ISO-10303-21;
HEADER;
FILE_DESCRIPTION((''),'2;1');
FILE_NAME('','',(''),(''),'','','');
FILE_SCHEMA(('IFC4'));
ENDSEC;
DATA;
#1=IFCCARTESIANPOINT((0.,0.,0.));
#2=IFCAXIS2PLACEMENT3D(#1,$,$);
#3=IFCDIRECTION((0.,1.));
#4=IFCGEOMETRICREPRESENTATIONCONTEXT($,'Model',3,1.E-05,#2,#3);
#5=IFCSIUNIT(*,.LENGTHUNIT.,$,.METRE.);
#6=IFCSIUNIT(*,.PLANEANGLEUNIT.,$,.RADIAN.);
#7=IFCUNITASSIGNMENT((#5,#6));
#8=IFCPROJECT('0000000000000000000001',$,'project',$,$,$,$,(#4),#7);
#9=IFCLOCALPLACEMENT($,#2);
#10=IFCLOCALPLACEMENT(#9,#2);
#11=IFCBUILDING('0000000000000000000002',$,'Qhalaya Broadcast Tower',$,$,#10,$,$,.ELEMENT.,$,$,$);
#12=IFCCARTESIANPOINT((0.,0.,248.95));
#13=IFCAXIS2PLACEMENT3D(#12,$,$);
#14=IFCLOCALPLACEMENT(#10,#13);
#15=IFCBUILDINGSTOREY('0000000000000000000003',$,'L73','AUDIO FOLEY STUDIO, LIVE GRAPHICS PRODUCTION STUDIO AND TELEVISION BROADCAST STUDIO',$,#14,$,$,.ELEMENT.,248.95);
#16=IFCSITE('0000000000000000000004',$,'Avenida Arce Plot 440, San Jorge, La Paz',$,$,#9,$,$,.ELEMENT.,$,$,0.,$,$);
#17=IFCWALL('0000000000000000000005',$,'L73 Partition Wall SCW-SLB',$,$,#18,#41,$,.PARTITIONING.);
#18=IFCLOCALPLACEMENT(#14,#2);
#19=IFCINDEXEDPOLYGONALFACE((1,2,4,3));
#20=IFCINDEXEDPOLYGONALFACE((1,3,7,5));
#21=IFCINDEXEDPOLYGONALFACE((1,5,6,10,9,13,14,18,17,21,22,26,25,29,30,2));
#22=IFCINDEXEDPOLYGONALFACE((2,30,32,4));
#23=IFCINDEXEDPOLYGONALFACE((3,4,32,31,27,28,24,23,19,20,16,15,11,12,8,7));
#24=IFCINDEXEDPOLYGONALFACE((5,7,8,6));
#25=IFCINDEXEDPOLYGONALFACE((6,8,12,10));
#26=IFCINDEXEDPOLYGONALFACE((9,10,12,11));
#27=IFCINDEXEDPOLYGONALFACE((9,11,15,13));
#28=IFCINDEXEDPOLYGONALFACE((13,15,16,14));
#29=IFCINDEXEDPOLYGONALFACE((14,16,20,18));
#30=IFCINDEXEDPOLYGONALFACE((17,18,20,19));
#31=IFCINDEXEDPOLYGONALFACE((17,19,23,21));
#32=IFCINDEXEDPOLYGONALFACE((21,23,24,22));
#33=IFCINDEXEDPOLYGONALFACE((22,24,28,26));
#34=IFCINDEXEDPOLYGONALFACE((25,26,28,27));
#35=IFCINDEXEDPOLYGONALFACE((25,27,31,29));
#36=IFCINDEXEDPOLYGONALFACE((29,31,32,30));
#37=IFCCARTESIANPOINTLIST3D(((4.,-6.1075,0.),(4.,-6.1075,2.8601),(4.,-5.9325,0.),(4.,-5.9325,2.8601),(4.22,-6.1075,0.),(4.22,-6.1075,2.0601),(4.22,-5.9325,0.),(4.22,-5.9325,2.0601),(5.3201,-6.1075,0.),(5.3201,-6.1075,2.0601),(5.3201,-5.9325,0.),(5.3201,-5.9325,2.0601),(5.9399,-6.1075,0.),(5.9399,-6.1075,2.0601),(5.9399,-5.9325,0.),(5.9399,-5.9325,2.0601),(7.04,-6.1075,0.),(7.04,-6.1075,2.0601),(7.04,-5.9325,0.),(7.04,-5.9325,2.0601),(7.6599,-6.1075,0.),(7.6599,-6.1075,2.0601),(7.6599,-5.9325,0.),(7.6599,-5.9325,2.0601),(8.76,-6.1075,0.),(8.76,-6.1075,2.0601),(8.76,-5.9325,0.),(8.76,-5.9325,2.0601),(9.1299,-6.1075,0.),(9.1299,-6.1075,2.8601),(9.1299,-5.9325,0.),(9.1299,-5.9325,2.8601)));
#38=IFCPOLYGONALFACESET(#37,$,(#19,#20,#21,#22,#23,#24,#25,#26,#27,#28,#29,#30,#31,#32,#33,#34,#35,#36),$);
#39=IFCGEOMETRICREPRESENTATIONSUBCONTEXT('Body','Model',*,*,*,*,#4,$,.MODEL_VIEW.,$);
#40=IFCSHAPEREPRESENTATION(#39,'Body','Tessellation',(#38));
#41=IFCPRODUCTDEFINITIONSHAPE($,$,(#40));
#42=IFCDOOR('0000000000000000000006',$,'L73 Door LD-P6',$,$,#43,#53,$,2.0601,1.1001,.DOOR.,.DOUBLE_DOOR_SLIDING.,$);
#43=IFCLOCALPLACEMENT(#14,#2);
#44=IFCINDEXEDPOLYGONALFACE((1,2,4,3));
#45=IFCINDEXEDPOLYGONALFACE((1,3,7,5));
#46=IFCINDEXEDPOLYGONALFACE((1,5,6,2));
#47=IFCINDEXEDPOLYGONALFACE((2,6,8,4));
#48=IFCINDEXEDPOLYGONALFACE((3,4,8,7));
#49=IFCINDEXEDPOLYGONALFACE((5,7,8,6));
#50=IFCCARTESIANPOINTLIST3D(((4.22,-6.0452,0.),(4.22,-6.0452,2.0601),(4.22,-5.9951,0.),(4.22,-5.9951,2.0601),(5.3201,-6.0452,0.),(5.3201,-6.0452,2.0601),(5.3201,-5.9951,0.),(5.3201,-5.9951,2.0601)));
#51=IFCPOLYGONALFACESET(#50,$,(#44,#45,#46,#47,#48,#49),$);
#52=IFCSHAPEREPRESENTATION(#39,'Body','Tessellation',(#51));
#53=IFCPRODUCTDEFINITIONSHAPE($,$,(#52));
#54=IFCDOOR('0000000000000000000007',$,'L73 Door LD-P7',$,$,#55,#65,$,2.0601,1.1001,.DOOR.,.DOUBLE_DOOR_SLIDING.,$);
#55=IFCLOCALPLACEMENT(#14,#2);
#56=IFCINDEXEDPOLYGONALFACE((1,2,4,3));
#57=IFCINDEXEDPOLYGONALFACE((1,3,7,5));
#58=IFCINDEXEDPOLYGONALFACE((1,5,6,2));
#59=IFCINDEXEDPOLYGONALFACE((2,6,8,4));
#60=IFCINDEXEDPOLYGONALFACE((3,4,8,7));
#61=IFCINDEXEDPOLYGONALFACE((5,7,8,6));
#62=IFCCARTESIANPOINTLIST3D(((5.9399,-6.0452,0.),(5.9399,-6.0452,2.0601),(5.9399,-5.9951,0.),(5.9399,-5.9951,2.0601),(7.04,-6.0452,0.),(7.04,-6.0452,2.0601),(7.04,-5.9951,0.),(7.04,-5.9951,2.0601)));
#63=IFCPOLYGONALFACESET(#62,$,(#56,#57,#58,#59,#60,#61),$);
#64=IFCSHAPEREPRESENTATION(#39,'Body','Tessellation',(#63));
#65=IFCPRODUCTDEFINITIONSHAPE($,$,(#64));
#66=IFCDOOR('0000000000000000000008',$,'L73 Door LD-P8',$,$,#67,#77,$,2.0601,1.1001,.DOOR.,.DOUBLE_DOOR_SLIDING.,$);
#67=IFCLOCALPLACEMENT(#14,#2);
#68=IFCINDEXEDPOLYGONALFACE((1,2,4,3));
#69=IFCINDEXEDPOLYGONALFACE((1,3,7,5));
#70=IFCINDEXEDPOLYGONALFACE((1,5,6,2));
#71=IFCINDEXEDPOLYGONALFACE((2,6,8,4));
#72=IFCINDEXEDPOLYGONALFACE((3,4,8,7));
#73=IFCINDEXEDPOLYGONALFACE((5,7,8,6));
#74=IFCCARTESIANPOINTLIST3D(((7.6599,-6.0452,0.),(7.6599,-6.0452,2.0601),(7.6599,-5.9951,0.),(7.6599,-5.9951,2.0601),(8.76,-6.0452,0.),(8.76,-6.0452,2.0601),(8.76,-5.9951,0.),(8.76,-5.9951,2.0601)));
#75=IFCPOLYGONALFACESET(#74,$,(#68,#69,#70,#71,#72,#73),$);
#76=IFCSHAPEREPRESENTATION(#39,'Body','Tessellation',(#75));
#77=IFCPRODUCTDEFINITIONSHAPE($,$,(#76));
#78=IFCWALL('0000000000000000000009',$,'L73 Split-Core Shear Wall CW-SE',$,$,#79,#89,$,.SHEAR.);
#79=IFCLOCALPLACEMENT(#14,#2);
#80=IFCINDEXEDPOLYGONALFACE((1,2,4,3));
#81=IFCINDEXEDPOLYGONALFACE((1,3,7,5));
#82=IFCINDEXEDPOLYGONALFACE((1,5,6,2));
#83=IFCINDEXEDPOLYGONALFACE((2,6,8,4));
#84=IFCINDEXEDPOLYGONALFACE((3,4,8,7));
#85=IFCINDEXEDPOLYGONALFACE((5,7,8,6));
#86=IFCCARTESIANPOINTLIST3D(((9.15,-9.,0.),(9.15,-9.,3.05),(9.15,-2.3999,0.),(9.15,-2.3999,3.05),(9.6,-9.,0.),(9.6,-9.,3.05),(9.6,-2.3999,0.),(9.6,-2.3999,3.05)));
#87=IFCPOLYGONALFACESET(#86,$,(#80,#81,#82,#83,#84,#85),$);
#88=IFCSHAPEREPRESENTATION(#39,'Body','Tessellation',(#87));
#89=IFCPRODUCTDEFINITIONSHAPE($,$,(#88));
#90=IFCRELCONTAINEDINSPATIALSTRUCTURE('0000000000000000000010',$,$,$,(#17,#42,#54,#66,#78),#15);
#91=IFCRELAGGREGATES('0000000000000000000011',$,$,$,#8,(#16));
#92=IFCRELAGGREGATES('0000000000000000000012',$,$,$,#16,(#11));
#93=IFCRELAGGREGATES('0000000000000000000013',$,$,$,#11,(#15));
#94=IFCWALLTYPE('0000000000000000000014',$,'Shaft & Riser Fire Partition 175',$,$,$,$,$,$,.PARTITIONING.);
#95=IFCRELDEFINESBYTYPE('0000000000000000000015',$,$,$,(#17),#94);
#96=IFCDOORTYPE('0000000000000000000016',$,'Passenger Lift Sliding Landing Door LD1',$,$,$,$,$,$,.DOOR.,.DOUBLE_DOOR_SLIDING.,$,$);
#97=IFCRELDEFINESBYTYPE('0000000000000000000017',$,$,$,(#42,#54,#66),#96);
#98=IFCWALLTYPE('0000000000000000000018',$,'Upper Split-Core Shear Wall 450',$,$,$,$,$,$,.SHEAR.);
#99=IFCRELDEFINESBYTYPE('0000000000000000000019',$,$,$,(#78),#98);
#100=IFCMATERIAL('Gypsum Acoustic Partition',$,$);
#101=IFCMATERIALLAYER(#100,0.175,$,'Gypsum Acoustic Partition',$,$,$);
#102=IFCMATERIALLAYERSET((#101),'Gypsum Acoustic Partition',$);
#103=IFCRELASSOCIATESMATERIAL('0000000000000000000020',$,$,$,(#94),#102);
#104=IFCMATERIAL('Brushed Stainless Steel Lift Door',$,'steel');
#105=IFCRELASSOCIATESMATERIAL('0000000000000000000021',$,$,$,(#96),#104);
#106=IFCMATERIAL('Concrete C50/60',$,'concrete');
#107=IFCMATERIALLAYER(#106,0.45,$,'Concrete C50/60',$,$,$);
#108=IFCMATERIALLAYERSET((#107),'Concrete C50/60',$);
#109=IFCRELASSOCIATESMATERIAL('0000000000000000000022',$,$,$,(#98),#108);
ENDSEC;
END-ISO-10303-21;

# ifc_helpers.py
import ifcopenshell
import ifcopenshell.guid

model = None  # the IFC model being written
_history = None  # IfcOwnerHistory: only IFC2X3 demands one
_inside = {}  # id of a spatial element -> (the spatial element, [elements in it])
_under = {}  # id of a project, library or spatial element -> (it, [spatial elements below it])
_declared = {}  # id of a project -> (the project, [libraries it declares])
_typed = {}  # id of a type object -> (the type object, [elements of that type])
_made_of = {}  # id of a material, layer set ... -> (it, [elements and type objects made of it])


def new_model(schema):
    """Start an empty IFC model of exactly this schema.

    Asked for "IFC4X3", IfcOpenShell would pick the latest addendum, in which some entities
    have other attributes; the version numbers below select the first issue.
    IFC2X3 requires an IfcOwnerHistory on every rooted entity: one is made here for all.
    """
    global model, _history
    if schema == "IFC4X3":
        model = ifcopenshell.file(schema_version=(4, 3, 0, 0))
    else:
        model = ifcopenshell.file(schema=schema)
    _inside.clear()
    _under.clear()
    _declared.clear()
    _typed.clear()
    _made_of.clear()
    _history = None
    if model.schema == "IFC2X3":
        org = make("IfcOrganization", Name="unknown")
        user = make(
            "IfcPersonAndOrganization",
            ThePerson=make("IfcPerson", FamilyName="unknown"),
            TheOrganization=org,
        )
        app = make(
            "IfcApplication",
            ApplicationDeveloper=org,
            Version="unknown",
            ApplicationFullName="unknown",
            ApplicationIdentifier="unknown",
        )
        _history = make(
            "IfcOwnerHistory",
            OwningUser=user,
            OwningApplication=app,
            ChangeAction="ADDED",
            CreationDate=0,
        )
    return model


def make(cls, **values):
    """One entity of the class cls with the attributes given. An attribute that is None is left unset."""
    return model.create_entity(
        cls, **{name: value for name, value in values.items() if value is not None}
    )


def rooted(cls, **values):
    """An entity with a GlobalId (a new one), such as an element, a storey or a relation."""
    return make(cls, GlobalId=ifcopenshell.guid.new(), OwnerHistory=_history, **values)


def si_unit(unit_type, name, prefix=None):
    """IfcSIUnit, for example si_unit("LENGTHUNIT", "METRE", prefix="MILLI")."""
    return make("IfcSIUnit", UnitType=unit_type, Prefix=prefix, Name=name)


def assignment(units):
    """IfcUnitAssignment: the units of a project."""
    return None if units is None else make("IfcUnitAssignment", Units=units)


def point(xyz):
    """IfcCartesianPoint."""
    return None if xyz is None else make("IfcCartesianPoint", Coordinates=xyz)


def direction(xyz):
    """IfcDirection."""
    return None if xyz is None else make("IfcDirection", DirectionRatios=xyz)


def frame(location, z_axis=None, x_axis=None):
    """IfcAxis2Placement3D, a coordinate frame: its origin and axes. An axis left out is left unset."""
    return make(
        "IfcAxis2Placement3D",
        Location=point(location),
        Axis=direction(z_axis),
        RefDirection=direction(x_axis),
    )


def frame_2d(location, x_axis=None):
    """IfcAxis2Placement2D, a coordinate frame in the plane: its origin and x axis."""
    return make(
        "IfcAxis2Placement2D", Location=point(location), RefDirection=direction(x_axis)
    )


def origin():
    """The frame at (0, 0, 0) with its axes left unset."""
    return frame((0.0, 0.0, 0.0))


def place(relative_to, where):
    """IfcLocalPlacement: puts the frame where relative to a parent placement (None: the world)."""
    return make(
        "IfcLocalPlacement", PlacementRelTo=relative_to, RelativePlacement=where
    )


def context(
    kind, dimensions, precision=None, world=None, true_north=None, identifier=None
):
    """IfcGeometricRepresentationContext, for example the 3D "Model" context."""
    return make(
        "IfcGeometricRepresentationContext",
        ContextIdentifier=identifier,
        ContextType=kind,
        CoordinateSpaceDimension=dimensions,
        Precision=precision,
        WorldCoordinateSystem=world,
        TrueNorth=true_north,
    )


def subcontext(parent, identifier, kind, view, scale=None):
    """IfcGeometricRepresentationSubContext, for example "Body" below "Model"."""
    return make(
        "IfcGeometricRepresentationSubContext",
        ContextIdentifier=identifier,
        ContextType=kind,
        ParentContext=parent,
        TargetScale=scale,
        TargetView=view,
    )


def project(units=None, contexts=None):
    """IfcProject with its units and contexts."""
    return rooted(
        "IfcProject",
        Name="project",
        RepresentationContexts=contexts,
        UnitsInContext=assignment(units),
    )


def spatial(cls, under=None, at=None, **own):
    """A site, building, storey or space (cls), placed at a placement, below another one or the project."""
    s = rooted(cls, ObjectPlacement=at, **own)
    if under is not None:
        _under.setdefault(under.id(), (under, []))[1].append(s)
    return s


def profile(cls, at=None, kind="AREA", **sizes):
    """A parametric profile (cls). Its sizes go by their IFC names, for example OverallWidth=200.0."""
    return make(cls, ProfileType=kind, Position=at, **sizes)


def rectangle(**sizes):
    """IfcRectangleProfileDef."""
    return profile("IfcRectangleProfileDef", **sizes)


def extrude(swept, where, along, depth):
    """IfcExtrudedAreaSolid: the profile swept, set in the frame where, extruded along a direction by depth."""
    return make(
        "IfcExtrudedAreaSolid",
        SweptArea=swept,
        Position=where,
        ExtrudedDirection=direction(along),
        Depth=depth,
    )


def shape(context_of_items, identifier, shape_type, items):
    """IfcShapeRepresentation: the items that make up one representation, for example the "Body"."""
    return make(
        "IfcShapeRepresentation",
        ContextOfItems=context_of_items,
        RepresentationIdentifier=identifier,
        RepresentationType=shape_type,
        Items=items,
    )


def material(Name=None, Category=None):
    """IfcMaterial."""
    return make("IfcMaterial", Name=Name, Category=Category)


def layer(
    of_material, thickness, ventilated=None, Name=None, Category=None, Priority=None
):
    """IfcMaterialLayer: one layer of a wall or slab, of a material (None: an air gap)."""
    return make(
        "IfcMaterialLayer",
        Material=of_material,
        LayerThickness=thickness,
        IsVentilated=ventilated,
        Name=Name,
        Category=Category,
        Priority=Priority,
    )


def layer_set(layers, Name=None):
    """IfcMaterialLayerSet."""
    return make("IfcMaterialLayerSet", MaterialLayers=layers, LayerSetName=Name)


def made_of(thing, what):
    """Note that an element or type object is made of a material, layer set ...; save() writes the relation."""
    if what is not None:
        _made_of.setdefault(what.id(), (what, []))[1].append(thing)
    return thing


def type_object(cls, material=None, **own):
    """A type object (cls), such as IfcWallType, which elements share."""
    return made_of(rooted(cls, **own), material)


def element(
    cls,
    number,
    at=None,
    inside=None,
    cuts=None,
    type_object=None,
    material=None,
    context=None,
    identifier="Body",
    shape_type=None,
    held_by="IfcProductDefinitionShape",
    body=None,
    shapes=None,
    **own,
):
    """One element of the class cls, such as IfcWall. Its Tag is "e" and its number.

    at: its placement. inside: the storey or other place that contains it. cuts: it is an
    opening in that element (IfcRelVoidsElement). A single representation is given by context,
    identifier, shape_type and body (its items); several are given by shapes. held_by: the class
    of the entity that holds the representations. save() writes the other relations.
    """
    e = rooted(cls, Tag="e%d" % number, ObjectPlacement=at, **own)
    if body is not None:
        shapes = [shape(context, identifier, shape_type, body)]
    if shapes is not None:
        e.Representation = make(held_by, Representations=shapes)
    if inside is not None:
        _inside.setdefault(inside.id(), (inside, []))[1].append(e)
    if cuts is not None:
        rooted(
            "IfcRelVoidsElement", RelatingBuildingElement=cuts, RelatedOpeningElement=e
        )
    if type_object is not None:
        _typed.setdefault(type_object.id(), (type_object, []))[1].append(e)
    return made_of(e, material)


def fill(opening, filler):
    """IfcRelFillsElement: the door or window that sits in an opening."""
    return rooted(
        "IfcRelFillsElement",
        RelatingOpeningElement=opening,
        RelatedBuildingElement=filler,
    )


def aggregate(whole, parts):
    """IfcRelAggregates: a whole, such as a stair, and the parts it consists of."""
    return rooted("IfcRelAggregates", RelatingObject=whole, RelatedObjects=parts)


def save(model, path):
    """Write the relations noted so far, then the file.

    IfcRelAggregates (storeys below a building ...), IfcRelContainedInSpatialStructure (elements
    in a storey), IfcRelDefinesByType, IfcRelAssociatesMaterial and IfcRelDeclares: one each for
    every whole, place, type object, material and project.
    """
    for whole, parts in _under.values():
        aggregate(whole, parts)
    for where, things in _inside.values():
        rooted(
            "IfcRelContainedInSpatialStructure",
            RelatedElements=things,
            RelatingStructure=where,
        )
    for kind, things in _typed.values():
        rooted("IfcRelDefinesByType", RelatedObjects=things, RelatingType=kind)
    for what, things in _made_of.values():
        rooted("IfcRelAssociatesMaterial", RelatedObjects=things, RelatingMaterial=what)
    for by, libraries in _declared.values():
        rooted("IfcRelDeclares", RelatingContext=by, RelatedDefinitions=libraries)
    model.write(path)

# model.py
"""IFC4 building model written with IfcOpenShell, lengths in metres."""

from ifc_helpers import new_model, si_unit, direction, frame, frame_2d, origin, place, context, subcontext, project, spatial, rectangle, extrude, material, layer, layer_set, type_object, element, fill, save


model = new_model("IFC4")

# Units and contexts
model_context = context("Model", 3, precision=1e-05, world=origin(), true_north=direction((0.0, 1.0)))
body_context = subcontext(model_context, "Body", "Model", "MODEL_VIEW")
ifc_project = project(units=[si_unit("LENGTHUNIT", "METRE"), si_unit("PLANEANGLEUNIT", "RADIAN")], contexts=[model_context])

# Site, building, storey
site_placement = place(None, origin())
site = spatial("IfcSite", under=ifc_project, at=site_placement, Name="Avenida Arce Plot 440, San Jorge, La Paz", CompositionType="ELEMENT", RefElevation=0.0)
building_placement = place(site_placement, origin())
building = spatial("IfcBuilding", under=site, at=building_placement, Name="Qhalaya Broadcast Tower", CompositionType="ELEMENT")
storey_placement = place(building_placement, frame((0.0, 0.0, 248.95)))
storey = spatial("IfcBuildingStorey", under=building, at=storey_placement, Name="L73", Description="AUDIO FOLEY STUDIO, LIVE GRAPHICS PRODUCTION STUDIO AND TELEVISION BROADCAST STUDIO", CompositionType="ELEMENT", Elevation=248.95)

# Shared definitions
ifc_material_1 = material(Name="Concrete C50/60", Category="concrete")

# Shared definitions
ifc_material_2 = material(Name="Gypsum Acoustic Partition")

# Wall, openings, doors
ifc_layer_1 = layer(ifc_material_2, 0.175, Name="Gypsum Acoustic Partition")
ifc_layer_set_1 = layer_set([ifc_layer_1], Name="Gypsum Acoustic Partition")
wall_type_1 = type_object("IfcWallType", Name="Shaft & Riser Fire Partition 175", PredefinedType="PARTITIONING", material=ifc_layer_set_1)
wall_1_placement = place(storey_placement, frame((4.0, -6.02, 0.0), z_axis=(0.0, 0.0, 1.0), x_axis=(1.0, 0.0, 0.0)))
wall_1 = element("IfcWall", 1, at=wall_1_placement, inside=storey, type_object=wall_type_1, Name="L73 Partition Wall SCW-SLB", PredefinedType="PARTITIONING", context=body_context, shape_type="SweptSolid", body=[
    extrude(rectangle(XDim=5.1299, YDim=0.175, at=frame_2d((2.5649, 0.0))), origin(), (0.0, 0.0, 1.0), 2.8601),
])
opening_1_placement = place(wall_1_placement, frame((0.22, 0.0, 0.0)))
opening_1 = element("IfcOpeningElement", 2, at=opening_1_placement, cuts=wall_1, PredefinedType="OPENING", context=body_context, shape_type="SweptSolid", body=[
    extrude(rectangle(XDim=1.1001, YDim=2.0601, at=frame_2d((0.55, 1.03))), frame((0.0, 0.0996, 0.0), z_axis=(0.0, -1.0, 0.0), x_axis=(1.0, 0.0, 0.0)), (0.0, 0.0, 1.0), 0.199),
])
opening_2_placement = place(wall_1_placement, frame((1.9399, 0.0, 0.0)))
opening_2 = element("IfcOpeningElement", 3, at=opening_2_placement, cuts=wall_1, PredefinedType="OPENING", context=body_context, shape_type="SweptSolid", body=[
    extrude(rectangle(XDim=1.1001, YDim=2.0601, at=frame_2d((0.55, 1.03))), frame((0.0, 0.0996, 0.0), z_axis=(0.0, -1.0, 0.0), x_axis=(1.0, 0.0, 0.0)), (0.0, 0.0, 1.0), 0.199),
])
opening_3_placement = place(wall_1_placement, frame((3.6599, 0.0, 0.0)))
opening_3 = element("IfcOpeningElement", 4, at=opening_3_placement, cuts=wall_1, PredefinedType="OPENING", context=body_context, shape_type="SweptSolid", body=[
    extrude(rectangle(XDim=1.1001, YDim=2.0601, at=frame_2d((0.55, 1.03))), frame((0.0, 0.0996, 0.0), z_axis=(0.0, -1.0, 0.0), x_axis=(1.0, 0.0, 0.0)), (0.0, 0.0, 1.0), 0.199),
])
ifc_material_3 = material(Name="Brushed Stainless Steel Lift Door", Category="steel")
door_type = type_object("IfcDoorType", Name="Passenger Lift Sliding Landing Door LD1", OperationType="DOUBLE_DOOR_SLIDING", PredefinedType="DOOR", material=ifc_material_3)
door_1_placement = place(opening_1_placement, origin())
door_1 = element("IfcDoor", 5, at=door_1_placement, inside=storey, type_object=door_type, Name="L73 Door LD-P6", OperationType="DOUBLE_DOOR_SLIDING", OverallHeight=2.0601, OverallWidth=1.1001, PredefinedType="DOOR", context=body_context, shape_type="SweptSolid", body=[
    extrude(rectangle(XDim=1.1001, YDim=2.0601, at=frame_2d((0.55, 1.03))), frame((0.0, 0.0249, 0.0), z_axis=(0.0, -1.0, 0.0), x_axis=(1.0, 0.0, 0.0)), (0.0, 0.0, 1.0), 0.05),
])
fill(opening_1, door_1)
door_2_placement = place(opening_2_placement, origin())
door_2 = element("IfcDoor", 6, at=door_2_placement, inside=storey, type_object=door_type, Name="L73 Door LD-P7", OperationType="DOUBLE_DOOR_SLIDING", OverallHeight=2.0601, OverallWidth=1.1001, PredefinedType="DOOR", context=body_context, shape_type="SweptSolid", body=[
    extrude(rectangle(XDim=1.1001, YDim=2.0601, at=frame_2d((0.55, 1.03))), frame((0.0, 0.0249, 0.0), z_axis=(0.0, -1.0, 0.0), x_axis=(1.0, 0.0, 0.0)), (0.0, 0.0, 1.0), 0.05),
])
fill(opening_2, door_2)
door_3_placement = place(opening_3_placement, origin())
door_3 = element("IfcDoor", 7, at=door_3_placement, inside=storey, type_object=door_type, Name="L73 Door LD-P8", OperationType="DOUBLE_DOOR_SLIDING", OverallHeight=2.0601, OverallWidth=1.1001, PredefinedType="DOOR", context=body_context, shape_type="SweptSolid", body=[
    extrude(rectangle(XDim=1.1001, YDim=2.0601, at=frame_2d((0.55, 1.03))), frame((0.0, 0.0249, 0.0), z_axis=(0.0, -1.0, 0.0), x_axis=(1.0, 0.0, 0.0)), (0.0, 0.0, 1.0), 0.05),
])
fill(opening_3, door_3)

# Wall
ifc_layer_2 = layer(ifc_material_1, 0.45, Name="Concrete C50/60")
ifc_layer_set_2 = layer_set([ifc_layer_2], Name="Concrete C50/60")
wall_type_2 = type_object("IfcWallType", Name="Upper Split-Core Shear Wall 450", PredefinedType="SHEAR", material=ifc_layer_set_2)
wall_2_placement = place(storey_placement, frame((9.375, -9.0, 0.0), z_axis=(0.0, 0.0, 1.0), x_axis=(0.0, 1.0, 0.0)))
element("IfcWall", 8, at=wall_2_placement, inside=storey, type_object=wall_type_2, Name="L73 Split-Core Shear Wall CW-SE", PredefinedType="SHEAR", context=body_context, shape_type="SweptSolid", body=[
    extrude(rectangle(XDim=6.6001, YDim=0.45, at=frame_2d((3.3, 0.0))), origin(), (0.0, 0.0, 1.0), 3.05),
])

save(model, "model.ifc")
